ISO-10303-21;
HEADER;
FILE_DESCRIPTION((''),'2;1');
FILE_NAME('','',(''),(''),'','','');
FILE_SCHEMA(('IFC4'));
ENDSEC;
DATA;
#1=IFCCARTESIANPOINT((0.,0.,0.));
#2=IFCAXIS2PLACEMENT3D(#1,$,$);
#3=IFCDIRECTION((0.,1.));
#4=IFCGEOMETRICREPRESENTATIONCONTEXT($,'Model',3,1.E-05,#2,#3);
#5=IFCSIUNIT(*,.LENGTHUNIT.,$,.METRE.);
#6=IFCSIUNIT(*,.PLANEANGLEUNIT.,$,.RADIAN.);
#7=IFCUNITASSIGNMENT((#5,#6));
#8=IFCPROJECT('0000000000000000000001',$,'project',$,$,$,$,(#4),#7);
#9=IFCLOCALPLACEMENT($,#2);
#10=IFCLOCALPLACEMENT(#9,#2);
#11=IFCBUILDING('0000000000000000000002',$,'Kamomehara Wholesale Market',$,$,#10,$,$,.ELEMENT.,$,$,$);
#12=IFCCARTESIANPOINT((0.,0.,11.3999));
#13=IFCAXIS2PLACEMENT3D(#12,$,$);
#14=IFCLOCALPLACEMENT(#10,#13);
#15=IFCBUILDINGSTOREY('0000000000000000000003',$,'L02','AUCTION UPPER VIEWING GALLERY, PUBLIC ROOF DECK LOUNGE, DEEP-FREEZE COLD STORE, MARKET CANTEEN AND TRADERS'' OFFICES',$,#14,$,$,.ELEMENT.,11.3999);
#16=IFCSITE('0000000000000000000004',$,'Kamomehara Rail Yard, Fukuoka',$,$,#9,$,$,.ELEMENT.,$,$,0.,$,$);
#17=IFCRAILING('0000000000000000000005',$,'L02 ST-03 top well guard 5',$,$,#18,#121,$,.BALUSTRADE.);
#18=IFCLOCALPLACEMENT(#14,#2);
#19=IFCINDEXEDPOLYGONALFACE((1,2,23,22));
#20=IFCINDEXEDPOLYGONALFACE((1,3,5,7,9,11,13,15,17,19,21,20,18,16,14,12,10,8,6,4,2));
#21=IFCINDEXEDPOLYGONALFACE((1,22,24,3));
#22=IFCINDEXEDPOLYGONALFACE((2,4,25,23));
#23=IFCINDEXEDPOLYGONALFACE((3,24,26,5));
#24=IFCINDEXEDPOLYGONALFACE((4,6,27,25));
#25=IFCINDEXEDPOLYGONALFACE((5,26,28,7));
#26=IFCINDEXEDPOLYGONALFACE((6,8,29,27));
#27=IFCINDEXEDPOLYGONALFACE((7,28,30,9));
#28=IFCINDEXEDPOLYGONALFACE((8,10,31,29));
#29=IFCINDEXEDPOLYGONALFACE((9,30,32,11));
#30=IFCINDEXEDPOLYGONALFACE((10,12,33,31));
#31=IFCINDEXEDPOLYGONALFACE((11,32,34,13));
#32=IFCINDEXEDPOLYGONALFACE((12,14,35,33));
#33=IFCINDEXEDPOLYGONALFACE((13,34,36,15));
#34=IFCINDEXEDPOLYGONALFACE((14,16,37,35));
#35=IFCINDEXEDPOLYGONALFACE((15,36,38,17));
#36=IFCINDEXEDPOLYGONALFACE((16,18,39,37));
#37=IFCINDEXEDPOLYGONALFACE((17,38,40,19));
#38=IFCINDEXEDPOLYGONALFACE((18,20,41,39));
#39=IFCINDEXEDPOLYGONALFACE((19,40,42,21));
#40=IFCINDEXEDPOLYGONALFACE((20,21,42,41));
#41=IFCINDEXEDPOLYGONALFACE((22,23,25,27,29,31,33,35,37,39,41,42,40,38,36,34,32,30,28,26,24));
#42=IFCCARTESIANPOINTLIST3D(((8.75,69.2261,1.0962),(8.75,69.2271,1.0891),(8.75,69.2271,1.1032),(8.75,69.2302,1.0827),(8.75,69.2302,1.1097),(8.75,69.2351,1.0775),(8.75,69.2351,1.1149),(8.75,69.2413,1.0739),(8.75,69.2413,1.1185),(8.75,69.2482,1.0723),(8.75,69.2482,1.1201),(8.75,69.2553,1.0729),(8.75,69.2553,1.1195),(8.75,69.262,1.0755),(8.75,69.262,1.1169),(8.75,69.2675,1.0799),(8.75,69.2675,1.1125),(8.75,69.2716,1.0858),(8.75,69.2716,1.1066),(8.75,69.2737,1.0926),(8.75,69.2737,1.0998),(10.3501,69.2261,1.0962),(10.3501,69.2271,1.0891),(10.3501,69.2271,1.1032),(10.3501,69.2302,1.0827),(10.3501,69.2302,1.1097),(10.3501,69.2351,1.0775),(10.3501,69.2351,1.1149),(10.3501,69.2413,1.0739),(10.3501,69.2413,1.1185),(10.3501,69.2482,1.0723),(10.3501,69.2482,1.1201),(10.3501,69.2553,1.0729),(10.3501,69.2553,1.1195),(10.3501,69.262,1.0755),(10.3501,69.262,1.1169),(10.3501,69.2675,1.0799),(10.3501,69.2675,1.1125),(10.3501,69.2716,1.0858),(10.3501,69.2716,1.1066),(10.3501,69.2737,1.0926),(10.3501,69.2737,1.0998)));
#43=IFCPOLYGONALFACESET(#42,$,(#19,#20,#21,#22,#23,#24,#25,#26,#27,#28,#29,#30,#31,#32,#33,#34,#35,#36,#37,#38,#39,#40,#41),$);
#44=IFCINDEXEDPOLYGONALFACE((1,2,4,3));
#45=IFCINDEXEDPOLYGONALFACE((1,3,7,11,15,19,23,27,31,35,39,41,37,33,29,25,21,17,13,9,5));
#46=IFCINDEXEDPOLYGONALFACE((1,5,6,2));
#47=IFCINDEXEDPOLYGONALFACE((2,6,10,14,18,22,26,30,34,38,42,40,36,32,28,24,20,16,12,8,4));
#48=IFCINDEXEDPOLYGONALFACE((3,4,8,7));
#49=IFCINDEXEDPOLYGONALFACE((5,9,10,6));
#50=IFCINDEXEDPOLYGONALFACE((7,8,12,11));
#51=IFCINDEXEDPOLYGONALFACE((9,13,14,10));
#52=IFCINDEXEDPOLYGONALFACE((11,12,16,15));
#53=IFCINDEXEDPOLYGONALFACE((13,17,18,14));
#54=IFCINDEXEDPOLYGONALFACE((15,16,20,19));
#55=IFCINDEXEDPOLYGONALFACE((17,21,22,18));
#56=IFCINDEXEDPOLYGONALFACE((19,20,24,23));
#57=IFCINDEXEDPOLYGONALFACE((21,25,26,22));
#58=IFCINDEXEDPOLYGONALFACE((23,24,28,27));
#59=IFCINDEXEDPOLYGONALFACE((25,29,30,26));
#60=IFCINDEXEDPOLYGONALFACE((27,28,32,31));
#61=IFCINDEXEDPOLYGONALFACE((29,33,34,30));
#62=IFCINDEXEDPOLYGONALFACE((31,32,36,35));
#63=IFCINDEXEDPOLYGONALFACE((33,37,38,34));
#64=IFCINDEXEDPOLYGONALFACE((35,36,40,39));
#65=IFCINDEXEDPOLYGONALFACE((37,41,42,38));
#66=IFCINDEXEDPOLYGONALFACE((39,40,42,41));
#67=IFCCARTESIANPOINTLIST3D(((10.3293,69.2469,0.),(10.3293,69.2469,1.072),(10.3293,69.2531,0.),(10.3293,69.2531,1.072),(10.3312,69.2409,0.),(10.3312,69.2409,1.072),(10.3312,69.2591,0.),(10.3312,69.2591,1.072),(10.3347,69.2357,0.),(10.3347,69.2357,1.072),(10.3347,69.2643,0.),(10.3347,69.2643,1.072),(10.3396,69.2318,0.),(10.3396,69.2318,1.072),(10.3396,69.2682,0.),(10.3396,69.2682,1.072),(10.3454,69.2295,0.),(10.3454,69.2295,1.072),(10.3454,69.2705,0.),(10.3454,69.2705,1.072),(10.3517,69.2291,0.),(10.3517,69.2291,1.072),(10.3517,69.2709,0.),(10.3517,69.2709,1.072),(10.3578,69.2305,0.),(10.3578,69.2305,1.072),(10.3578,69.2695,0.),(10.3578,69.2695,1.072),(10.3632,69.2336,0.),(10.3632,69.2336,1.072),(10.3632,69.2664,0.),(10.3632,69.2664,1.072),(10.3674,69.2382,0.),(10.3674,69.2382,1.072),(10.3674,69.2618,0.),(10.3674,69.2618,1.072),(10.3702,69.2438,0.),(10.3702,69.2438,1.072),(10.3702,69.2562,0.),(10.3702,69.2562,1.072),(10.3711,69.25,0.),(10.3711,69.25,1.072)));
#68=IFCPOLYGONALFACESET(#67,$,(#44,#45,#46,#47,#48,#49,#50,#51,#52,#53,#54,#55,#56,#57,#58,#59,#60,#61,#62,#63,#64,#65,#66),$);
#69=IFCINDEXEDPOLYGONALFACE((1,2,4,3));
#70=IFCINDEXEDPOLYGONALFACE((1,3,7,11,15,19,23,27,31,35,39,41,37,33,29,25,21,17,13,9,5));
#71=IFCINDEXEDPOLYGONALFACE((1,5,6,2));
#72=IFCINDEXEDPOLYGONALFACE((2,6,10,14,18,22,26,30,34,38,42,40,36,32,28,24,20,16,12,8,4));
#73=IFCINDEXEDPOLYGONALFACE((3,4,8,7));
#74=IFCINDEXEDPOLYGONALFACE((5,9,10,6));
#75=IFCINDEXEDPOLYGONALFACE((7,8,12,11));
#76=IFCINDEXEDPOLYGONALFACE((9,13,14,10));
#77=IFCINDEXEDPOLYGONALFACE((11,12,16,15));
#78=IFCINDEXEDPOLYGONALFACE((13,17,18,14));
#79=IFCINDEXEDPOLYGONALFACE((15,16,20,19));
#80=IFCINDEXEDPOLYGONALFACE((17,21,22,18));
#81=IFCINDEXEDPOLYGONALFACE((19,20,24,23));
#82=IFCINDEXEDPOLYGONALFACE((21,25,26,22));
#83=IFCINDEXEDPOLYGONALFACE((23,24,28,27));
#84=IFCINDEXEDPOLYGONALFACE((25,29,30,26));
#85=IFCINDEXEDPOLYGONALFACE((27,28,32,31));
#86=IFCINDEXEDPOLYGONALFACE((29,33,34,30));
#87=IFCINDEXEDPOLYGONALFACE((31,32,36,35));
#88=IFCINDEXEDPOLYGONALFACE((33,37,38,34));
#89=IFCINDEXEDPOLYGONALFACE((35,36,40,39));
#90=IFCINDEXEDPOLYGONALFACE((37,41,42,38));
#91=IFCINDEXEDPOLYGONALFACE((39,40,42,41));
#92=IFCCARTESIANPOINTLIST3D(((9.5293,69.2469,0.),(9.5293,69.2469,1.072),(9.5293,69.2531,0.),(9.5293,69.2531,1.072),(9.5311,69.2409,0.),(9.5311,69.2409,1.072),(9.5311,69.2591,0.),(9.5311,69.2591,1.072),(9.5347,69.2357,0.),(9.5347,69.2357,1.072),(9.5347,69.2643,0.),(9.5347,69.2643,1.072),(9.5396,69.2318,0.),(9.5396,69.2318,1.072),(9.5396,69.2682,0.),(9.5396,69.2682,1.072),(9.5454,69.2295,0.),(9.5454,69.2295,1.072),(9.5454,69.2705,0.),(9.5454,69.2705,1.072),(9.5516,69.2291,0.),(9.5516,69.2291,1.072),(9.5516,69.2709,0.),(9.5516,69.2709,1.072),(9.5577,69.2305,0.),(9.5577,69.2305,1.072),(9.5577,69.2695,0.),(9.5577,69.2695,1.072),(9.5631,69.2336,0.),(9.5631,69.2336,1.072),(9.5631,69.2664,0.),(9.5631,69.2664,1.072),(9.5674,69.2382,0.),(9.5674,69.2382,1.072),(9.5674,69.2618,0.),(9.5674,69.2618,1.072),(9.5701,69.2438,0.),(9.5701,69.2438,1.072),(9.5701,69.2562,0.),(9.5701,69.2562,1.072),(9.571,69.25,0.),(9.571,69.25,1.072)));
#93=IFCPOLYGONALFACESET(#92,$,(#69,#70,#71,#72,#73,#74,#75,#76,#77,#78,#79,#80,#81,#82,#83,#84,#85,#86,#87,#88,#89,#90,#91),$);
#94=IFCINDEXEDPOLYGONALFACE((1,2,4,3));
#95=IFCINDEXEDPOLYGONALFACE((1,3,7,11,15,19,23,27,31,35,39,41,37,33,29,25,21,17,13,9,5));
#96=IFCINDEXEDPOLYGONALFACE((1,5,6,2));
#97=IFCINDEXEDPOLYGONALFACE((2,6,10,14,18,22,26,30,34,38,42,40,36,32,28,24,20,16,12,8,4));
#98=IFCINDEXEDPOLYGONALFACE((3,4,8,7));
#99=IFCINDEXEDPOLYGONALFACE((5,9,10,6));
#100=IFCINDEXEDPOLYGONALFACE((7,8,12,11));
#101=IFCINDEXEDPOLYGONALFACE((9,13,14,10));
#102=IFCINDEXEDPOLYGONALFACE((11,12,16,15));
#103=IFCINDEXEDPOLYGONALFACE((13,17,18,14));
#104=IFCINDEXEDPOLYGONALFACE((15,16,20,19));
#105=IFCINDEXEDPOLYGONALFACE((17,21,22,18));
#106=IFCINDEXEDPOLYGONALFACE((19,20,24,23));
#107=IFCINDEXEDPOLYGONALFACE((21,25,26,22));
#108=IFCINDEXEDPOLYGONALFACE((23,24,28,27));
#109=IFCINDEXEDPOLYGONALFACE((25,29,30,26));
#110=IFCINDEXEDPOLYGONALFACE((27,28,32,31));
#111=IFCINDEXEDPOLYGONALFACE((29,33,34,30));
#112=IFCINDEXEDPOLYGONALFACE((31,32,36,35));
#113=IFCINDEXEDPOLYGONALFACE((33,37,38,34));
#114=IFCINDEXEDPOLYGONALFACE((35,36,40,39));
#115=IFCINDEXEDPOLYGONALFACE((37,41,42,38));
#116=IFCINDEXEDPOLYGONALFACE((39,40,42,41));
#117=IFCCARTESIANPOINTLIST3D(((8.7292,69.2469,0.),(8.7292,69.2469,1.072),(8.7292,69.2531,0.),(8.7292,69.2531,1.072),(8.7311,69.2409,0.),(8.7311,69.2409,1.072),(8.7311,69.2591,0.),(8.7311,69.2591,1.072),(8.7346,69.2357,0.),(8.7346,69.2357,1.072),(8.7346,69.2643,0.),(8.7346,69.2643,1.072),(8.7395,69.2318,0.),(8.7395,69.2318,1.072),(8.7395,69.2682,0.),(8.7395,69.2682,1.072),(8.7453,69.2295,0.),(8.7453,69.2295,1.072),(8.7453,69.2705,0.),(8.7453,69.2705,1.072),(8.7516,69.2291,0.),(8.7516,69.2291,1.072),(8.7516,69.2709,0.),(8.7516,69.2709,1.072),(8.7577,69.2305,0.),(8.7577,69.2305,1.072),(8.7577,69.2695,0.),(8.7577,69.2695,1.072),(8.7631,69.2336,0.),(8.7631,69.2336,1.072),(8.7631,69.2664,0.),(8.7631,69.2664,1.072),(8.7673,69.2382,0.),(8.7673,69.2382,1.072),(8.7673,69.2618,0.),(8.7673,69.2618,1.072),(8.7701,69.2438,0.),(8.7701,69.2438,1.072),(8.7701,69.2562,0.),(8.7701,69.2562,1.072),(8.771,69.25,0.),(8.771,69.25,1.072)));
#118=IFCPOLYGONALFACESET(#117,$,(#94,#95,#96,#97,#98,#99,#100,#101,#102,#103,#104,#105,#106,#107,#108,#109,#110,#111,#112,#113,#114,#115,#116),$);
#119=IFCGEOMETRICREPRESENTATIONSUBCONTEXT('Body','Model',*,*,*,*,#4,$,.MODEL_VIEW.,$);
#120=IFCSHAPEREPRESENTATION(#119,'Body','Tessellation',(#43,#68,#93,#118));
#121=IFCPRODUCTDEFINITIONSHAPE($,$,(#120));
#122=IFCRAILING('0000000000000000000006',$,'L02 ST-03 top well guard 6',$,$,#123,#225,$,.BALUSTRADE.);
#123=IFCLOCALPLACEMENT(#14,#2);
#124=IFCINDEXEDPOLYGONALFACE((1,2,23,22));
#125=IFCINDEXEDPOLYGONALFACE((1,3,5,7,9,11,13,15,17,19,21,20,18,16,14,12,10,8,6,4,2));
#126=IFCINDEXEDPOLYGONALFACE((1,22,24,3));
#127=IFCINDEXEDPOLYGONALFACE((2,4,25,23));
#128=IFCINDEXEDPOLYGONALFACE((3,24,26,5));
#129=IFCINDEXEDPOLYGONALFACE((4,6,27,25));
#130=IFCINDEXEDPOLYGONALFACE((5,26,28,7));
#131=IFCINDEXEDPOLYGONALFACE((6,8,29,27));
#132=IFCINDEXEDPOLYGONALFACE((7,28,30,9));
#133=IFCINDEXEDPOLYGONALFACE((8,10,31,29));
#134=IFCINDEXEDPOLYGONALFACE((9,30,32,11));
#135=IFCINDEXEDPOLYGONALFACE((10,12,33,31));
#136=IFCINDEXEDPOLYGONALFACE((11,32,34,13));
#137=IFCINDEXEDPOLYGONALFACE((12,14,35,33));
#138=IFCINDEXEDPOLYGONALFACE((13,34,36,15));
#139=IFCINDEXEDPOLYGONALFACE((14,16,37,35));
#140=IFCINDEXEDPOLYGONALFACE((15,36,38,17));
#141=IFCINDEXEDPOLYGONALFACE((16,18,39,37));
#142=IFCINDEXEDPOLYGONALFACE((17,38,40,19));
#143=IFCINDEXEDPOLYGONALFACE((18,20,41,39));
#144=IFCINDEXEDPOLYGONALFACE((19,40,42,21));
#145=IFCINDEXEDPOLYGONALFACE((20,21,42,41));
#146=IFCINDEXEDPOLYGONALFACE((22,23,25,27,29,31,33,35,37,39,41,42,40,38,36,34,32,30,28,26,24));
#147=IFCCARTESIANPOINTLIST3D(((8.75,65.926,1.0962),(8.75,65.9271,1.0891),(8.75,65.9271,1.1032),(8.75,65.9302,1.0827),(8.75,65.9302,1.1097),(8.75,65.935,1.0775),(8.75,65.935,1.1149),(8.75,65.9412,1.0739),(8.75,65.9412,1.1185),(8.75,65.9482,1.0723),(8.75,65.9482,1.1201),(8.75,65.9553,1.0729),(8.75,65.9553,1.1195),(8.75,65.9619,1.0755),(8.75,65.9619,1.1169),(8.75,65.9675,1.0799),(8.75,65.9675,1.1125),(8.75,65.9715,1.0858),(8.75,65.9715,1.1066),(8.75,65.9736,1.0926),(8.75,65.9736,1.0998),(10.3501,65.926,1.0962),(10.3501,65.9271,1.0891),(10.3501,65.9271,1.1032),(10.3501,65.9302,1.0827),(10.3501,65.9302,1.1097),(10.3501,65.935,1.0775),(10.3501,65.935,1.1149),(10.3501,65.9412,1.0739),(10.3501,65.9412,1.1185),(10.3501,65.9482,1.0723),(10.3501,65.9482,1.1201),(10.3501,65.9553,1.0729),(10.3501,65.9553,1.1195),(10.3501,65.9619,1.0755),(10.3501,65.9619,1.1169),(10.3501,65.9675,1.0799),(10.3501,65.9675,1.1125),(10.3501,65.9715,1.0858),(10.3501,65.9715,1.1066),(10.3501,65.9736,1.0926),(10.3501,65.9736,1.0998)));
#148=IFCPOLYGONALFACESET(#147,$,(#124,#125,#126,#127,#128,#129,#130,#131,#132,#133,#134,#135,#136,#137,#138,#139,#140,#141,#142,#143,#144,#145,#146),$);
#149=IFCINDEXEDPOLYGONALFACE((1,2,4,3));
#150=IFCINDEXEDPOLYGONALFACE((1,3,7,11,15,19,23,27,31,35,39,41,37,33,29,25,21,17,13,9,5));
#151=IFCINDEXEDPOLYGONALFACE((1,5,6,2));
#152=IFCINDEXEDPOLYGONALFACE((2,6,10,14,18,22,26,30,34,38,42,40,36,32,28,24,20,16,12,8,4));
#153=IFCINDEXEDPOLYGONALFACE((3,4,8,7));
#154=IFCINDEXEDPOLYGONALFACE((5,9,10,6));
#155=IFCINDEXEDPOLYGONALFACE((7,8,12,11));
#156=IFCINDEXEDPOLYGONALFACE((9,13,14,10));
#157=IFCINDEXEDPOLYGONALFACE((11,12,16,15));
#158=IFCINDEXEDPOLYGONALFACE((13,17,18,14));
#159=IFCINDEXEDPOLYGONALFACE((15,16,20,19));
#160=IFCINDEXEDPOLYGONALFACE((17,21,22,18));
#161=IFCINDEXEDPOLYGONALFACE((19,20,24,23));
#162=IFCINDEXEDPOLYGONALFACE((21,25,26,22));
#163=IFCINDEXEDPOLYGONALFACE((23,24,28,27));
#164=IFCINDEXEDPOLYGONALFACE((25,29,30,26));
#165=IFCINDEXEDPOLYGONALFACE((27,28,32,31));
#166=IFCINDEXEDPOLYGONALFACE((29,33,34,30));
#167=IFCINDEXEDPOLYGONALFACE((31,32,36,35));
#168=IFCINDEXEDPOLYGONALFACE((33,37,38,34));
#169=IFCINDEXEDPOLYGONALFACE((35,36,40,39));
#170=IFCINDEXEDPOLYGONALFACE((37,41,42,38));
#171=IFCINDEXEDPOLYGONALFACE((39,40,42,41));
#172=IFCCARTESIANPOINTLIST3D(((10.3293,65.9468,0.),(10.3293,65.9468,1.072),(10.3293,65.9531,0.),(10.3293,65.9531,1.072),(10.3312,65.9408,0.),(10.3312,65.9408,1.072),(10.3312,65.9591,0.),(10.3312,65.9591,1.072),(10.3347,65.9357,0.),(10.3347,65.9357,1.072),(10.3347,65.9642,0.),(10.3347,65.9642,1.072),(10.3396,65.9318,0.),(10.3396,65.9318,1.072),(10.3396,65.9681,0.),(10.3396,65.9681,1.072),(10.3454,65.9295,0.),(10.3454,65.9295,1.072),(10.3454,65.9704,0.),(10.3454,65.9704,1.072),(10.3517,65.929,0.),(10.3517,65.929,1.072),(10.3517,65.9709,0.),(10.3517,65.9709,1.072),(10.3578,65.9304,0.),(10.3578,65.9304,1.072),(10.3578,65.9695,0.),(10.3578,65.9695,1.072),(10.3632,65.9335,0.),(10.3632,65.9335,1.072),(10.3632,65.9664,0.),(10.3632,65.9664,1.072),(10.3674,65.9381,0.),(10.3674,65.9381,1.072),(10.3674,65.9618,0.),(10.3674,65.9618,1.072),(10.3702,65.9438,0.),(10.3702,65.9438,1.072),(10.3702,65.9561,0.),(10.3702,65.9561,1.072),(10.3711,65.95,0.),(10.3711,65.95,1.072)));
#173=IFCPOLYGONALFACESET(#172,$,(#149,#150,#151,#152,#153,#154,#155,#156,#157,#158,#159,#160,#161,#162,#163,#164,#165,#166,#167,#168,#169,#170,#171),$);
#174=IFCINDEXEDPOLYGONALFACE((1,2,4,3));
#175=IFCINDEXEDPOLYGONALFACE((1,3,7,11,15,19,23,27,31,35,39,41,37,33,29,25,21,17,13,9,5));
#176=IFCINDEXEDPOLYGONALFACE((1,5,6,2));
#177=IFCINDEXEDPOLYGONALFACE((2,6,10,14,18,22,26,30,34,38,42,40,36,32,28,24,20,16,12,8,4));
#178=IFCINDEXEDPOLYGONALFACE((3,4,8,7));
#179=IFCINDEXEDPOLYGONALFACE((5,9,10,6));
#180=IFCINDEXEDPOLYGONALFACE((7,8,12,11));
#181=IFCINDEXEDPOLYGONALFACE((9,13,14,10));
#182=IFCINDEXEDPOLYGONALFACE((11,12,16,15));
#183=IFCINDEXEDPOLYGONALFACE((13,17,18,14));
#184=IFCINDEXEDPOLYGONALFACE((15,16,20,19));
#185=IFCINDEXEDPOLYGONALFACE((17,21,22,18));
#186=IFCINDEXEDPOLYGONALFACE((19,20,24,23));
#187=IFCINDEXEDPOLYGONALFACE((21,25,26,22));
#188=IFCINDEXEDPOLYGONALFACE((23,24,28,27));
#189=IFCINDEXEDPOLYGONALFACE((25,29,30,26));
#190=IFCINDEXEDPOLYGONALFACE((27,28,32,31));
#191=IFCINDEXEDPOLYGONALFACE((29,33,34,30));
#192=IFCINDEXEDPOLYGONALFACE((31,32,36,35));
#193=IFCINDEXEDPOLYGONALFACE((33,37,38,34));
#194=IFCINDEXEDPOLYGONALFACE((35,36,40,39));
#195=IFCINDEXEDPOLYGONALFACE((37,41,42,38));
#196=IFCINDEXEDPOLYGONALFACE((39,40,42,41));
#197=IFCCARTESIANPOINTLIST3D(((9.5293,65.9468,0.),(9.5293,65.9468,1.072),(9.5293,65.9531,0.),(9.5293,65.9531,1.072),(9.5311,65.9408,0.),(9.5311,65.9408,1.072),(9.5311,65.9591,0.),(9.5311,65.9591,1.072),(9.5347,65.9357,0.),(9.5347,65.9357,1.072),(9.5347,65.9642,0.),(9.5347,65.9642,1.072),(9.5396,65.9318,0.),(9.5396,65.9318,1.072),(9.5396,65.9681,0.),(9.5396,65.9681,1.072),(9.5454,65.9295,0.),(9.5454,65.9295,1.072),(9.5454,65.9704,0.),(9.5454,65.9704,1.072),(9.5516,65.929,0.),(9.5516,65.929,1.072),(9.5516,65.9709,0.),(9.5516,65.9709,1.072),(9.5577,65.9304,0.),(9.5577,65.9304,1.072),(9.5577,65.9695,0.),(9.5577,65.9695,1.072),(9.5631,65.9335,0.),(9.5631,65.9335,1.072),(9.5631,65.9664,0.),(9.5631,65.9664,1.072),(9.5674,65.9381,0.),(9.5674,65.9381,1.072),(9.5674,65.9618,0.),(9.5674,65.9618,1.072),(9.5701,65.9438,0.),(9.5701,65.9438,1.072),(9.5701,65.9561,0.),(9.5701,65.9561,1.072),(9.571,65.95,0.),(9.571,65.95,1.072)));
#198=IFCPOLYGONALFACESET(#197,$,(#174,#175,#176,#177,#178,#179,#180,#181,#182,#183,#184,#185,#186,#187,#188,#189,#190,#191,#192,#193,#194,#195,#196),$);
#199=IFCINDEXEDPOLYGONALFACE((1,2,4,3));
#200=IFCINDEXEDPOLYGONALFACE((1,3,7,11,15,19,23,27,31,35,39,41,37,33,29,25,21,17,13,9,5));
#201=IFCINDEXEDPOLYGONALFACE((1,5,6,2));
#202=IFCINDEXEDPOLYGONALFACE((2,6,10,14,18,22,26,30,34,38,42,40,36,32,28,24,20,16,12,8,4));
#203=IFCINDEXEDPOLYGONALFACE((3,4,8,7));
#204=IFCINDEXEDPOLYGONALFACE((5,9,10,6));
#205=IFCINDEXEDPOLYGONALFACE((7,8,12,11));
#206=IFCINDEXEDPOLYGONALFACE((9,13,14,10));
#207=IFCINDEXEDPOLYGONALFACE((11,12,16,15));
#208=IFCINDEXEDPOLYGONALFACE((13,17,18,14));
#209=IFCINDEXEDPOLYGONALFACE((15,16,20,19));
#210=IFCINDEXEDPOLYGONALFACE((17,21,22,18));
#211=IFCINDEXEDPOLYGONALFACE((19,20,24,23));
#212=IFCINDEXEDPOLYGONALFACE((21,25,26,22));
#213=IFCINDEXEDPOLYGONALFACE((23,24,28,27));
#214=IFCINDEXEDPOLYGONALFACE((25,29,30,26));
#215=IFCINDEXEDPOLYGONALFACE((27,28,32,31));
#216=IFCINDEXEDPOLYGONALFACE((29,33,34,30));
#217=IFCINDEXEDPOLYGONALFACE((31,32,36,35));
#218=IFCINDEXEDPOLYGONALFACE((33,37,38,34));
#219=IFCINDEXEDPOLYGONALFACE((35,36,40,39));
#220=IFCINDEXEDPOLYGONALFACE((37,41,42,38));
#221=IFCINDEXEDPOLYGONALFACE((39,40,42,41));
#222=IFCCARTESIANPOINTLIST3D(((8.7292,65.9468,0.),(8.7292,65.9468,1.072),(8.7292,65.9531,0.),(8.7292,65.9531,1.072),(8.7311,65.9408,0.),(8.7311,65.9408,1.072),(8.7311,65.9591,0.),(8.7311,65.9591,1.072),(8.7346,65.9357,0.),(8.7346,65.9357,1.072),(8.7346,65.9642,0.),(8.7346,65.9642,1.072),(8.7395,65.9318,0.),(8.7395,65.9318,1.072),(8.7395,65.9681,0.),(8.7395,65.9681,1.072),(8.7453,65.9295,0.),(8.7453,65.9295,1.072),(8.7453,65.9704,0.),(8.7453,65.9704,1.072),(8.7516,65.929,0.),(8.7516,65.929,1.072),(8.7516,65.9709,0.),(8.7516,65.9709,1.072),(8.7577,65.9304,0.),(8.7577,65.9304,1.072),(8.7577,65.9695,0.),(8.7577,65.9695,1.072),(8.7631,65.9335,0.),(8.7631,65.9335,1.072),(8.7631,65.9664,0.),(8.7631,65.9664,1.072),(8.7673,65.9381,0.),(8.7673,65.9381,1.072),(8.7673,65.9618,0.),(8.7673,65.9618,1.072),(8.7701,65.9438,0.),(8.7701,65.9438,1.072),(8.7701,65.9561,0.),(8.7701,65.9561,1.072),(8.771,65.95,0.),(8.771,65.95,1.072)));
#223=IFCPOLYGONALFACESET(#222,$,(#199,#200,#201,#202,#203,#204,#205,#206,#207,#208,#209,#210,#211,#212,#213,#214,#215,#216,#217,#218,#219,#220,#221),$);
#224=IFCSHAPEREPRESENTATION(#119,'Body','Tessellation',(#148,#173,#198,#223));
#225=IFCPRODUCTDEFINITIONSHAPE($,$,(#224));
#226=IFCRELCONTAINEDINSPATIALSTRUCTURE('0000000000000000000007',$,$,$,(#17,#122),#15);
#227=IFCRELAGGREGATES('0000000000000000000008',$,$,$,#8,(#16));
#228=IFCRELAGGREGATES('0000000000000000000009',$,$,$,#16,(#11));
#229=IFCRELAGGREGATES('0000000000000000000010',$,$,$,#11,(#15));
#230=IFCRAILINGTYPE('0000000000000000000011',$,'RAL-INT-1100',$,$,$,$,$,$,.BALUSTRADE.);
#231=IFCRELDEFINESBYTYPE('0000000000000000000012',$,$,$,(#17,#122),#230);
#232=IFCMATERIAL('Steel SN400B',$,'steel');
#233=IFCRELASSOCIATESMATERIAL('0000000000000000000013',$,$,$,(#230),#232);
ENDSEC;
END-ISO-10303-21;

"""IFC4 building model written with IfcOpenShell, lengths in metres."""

from ifc_helpers import new_model, si_unit, direction, frame, origin, origin_2d, place, context, subcontext, project, spatial, circle, extrude, material, type_object, element, save


model = new_model("IFC4")

# Units and contexts
model_context = context("Model", 3, precision=1e-05, world=origin(), true_north=direction((0.0, 1.0)))
body_context = subcontext(model_context, "Body", "Model", "MODEL_VIEW")
ifc_project = project(units=[si_unit("LENGTHUNIT", "METRE"), si_unit("PLANEANGLEUNIT", "RADIAN")], contexts=[model_context])

# Site, building, storey
site_placement = place(None, origin())
site = spatial("IfcSite", under=ifc_project, at=site_placement, Name="Kamomehara Rail Yard, Fukuoka", CompositionType="ELEMENT", RefElevation=0.0)
building_placement = place(site_placement, origin())
building = spatial("IfcBuilding", under=site, at=building_placement, Name="Kamomehara Wholesale Market", CompositionType="ELEMENT")
storey_placement = place(building_placement, frame((0.0, 0.0, 11.3999)))
storey = spatial("IfcBuildingStorey", under=building, at=storey_placement, Name="L02", Description="AUCTION UPPER VIEWING GALLERY, PUBLIC ROOF DECK LOUNGE, DEEP-FREEZE COLD STORE, MARKET CANTEEN AND TRADERS' OFFICES", CompositionType="ELEMENT", Elevation=11.3999)

# Railings
ifc_material_1 = material(Name="Steel SN400B", Category="steel")
railing_type = type_object("IfcRailingType", Name="RAL-INT-1100", PredefinedType="BALUSTRADE", material=ifc_material_1)
for number, where, name in (
    (1, (10.3501, 69.25, 0.0), "L02 ST-03 top well guard 5"),
    (2, (10.3501, 65.95, 0.0), "L02 ST-03 top well guard 6"),
):
    element("IfcRailing", number, at=place(storey_placement, frame(where)), inside=storey, type_object=railing_type, Name=name, PredefinedType="BALUSTRADE", context=body_context, shape_type="SweptSolid", body=[
        extrude(circle(Radius=0.0239, at=origin_2d()), frame((0.0, 0.0, 1.0962), z_axis=(-1.0, 0.0, 0.0), x_axis=(0.0, -1.0, 0.0)), (0.0, 0.0, 1.0), 1.6001),
        extrude(circle(Radius=0.021, at=origin_2d()), origin(), (0.0, 0.0, 1.0), 1.072),
        extrude(circle(Radius=0.021, at=origin_2d()), frame((-0.8, 0.0, 0.0)), (0.0, 0.0, 1.0), 1.072),
        extrude(circle(Radius=0.021, at=origin_2d()), frame((-1.6001, 0.0, 0.0)), (0.0, 0.0, 1.0), 1.072),
    ])

save(model, "model.ifc")
